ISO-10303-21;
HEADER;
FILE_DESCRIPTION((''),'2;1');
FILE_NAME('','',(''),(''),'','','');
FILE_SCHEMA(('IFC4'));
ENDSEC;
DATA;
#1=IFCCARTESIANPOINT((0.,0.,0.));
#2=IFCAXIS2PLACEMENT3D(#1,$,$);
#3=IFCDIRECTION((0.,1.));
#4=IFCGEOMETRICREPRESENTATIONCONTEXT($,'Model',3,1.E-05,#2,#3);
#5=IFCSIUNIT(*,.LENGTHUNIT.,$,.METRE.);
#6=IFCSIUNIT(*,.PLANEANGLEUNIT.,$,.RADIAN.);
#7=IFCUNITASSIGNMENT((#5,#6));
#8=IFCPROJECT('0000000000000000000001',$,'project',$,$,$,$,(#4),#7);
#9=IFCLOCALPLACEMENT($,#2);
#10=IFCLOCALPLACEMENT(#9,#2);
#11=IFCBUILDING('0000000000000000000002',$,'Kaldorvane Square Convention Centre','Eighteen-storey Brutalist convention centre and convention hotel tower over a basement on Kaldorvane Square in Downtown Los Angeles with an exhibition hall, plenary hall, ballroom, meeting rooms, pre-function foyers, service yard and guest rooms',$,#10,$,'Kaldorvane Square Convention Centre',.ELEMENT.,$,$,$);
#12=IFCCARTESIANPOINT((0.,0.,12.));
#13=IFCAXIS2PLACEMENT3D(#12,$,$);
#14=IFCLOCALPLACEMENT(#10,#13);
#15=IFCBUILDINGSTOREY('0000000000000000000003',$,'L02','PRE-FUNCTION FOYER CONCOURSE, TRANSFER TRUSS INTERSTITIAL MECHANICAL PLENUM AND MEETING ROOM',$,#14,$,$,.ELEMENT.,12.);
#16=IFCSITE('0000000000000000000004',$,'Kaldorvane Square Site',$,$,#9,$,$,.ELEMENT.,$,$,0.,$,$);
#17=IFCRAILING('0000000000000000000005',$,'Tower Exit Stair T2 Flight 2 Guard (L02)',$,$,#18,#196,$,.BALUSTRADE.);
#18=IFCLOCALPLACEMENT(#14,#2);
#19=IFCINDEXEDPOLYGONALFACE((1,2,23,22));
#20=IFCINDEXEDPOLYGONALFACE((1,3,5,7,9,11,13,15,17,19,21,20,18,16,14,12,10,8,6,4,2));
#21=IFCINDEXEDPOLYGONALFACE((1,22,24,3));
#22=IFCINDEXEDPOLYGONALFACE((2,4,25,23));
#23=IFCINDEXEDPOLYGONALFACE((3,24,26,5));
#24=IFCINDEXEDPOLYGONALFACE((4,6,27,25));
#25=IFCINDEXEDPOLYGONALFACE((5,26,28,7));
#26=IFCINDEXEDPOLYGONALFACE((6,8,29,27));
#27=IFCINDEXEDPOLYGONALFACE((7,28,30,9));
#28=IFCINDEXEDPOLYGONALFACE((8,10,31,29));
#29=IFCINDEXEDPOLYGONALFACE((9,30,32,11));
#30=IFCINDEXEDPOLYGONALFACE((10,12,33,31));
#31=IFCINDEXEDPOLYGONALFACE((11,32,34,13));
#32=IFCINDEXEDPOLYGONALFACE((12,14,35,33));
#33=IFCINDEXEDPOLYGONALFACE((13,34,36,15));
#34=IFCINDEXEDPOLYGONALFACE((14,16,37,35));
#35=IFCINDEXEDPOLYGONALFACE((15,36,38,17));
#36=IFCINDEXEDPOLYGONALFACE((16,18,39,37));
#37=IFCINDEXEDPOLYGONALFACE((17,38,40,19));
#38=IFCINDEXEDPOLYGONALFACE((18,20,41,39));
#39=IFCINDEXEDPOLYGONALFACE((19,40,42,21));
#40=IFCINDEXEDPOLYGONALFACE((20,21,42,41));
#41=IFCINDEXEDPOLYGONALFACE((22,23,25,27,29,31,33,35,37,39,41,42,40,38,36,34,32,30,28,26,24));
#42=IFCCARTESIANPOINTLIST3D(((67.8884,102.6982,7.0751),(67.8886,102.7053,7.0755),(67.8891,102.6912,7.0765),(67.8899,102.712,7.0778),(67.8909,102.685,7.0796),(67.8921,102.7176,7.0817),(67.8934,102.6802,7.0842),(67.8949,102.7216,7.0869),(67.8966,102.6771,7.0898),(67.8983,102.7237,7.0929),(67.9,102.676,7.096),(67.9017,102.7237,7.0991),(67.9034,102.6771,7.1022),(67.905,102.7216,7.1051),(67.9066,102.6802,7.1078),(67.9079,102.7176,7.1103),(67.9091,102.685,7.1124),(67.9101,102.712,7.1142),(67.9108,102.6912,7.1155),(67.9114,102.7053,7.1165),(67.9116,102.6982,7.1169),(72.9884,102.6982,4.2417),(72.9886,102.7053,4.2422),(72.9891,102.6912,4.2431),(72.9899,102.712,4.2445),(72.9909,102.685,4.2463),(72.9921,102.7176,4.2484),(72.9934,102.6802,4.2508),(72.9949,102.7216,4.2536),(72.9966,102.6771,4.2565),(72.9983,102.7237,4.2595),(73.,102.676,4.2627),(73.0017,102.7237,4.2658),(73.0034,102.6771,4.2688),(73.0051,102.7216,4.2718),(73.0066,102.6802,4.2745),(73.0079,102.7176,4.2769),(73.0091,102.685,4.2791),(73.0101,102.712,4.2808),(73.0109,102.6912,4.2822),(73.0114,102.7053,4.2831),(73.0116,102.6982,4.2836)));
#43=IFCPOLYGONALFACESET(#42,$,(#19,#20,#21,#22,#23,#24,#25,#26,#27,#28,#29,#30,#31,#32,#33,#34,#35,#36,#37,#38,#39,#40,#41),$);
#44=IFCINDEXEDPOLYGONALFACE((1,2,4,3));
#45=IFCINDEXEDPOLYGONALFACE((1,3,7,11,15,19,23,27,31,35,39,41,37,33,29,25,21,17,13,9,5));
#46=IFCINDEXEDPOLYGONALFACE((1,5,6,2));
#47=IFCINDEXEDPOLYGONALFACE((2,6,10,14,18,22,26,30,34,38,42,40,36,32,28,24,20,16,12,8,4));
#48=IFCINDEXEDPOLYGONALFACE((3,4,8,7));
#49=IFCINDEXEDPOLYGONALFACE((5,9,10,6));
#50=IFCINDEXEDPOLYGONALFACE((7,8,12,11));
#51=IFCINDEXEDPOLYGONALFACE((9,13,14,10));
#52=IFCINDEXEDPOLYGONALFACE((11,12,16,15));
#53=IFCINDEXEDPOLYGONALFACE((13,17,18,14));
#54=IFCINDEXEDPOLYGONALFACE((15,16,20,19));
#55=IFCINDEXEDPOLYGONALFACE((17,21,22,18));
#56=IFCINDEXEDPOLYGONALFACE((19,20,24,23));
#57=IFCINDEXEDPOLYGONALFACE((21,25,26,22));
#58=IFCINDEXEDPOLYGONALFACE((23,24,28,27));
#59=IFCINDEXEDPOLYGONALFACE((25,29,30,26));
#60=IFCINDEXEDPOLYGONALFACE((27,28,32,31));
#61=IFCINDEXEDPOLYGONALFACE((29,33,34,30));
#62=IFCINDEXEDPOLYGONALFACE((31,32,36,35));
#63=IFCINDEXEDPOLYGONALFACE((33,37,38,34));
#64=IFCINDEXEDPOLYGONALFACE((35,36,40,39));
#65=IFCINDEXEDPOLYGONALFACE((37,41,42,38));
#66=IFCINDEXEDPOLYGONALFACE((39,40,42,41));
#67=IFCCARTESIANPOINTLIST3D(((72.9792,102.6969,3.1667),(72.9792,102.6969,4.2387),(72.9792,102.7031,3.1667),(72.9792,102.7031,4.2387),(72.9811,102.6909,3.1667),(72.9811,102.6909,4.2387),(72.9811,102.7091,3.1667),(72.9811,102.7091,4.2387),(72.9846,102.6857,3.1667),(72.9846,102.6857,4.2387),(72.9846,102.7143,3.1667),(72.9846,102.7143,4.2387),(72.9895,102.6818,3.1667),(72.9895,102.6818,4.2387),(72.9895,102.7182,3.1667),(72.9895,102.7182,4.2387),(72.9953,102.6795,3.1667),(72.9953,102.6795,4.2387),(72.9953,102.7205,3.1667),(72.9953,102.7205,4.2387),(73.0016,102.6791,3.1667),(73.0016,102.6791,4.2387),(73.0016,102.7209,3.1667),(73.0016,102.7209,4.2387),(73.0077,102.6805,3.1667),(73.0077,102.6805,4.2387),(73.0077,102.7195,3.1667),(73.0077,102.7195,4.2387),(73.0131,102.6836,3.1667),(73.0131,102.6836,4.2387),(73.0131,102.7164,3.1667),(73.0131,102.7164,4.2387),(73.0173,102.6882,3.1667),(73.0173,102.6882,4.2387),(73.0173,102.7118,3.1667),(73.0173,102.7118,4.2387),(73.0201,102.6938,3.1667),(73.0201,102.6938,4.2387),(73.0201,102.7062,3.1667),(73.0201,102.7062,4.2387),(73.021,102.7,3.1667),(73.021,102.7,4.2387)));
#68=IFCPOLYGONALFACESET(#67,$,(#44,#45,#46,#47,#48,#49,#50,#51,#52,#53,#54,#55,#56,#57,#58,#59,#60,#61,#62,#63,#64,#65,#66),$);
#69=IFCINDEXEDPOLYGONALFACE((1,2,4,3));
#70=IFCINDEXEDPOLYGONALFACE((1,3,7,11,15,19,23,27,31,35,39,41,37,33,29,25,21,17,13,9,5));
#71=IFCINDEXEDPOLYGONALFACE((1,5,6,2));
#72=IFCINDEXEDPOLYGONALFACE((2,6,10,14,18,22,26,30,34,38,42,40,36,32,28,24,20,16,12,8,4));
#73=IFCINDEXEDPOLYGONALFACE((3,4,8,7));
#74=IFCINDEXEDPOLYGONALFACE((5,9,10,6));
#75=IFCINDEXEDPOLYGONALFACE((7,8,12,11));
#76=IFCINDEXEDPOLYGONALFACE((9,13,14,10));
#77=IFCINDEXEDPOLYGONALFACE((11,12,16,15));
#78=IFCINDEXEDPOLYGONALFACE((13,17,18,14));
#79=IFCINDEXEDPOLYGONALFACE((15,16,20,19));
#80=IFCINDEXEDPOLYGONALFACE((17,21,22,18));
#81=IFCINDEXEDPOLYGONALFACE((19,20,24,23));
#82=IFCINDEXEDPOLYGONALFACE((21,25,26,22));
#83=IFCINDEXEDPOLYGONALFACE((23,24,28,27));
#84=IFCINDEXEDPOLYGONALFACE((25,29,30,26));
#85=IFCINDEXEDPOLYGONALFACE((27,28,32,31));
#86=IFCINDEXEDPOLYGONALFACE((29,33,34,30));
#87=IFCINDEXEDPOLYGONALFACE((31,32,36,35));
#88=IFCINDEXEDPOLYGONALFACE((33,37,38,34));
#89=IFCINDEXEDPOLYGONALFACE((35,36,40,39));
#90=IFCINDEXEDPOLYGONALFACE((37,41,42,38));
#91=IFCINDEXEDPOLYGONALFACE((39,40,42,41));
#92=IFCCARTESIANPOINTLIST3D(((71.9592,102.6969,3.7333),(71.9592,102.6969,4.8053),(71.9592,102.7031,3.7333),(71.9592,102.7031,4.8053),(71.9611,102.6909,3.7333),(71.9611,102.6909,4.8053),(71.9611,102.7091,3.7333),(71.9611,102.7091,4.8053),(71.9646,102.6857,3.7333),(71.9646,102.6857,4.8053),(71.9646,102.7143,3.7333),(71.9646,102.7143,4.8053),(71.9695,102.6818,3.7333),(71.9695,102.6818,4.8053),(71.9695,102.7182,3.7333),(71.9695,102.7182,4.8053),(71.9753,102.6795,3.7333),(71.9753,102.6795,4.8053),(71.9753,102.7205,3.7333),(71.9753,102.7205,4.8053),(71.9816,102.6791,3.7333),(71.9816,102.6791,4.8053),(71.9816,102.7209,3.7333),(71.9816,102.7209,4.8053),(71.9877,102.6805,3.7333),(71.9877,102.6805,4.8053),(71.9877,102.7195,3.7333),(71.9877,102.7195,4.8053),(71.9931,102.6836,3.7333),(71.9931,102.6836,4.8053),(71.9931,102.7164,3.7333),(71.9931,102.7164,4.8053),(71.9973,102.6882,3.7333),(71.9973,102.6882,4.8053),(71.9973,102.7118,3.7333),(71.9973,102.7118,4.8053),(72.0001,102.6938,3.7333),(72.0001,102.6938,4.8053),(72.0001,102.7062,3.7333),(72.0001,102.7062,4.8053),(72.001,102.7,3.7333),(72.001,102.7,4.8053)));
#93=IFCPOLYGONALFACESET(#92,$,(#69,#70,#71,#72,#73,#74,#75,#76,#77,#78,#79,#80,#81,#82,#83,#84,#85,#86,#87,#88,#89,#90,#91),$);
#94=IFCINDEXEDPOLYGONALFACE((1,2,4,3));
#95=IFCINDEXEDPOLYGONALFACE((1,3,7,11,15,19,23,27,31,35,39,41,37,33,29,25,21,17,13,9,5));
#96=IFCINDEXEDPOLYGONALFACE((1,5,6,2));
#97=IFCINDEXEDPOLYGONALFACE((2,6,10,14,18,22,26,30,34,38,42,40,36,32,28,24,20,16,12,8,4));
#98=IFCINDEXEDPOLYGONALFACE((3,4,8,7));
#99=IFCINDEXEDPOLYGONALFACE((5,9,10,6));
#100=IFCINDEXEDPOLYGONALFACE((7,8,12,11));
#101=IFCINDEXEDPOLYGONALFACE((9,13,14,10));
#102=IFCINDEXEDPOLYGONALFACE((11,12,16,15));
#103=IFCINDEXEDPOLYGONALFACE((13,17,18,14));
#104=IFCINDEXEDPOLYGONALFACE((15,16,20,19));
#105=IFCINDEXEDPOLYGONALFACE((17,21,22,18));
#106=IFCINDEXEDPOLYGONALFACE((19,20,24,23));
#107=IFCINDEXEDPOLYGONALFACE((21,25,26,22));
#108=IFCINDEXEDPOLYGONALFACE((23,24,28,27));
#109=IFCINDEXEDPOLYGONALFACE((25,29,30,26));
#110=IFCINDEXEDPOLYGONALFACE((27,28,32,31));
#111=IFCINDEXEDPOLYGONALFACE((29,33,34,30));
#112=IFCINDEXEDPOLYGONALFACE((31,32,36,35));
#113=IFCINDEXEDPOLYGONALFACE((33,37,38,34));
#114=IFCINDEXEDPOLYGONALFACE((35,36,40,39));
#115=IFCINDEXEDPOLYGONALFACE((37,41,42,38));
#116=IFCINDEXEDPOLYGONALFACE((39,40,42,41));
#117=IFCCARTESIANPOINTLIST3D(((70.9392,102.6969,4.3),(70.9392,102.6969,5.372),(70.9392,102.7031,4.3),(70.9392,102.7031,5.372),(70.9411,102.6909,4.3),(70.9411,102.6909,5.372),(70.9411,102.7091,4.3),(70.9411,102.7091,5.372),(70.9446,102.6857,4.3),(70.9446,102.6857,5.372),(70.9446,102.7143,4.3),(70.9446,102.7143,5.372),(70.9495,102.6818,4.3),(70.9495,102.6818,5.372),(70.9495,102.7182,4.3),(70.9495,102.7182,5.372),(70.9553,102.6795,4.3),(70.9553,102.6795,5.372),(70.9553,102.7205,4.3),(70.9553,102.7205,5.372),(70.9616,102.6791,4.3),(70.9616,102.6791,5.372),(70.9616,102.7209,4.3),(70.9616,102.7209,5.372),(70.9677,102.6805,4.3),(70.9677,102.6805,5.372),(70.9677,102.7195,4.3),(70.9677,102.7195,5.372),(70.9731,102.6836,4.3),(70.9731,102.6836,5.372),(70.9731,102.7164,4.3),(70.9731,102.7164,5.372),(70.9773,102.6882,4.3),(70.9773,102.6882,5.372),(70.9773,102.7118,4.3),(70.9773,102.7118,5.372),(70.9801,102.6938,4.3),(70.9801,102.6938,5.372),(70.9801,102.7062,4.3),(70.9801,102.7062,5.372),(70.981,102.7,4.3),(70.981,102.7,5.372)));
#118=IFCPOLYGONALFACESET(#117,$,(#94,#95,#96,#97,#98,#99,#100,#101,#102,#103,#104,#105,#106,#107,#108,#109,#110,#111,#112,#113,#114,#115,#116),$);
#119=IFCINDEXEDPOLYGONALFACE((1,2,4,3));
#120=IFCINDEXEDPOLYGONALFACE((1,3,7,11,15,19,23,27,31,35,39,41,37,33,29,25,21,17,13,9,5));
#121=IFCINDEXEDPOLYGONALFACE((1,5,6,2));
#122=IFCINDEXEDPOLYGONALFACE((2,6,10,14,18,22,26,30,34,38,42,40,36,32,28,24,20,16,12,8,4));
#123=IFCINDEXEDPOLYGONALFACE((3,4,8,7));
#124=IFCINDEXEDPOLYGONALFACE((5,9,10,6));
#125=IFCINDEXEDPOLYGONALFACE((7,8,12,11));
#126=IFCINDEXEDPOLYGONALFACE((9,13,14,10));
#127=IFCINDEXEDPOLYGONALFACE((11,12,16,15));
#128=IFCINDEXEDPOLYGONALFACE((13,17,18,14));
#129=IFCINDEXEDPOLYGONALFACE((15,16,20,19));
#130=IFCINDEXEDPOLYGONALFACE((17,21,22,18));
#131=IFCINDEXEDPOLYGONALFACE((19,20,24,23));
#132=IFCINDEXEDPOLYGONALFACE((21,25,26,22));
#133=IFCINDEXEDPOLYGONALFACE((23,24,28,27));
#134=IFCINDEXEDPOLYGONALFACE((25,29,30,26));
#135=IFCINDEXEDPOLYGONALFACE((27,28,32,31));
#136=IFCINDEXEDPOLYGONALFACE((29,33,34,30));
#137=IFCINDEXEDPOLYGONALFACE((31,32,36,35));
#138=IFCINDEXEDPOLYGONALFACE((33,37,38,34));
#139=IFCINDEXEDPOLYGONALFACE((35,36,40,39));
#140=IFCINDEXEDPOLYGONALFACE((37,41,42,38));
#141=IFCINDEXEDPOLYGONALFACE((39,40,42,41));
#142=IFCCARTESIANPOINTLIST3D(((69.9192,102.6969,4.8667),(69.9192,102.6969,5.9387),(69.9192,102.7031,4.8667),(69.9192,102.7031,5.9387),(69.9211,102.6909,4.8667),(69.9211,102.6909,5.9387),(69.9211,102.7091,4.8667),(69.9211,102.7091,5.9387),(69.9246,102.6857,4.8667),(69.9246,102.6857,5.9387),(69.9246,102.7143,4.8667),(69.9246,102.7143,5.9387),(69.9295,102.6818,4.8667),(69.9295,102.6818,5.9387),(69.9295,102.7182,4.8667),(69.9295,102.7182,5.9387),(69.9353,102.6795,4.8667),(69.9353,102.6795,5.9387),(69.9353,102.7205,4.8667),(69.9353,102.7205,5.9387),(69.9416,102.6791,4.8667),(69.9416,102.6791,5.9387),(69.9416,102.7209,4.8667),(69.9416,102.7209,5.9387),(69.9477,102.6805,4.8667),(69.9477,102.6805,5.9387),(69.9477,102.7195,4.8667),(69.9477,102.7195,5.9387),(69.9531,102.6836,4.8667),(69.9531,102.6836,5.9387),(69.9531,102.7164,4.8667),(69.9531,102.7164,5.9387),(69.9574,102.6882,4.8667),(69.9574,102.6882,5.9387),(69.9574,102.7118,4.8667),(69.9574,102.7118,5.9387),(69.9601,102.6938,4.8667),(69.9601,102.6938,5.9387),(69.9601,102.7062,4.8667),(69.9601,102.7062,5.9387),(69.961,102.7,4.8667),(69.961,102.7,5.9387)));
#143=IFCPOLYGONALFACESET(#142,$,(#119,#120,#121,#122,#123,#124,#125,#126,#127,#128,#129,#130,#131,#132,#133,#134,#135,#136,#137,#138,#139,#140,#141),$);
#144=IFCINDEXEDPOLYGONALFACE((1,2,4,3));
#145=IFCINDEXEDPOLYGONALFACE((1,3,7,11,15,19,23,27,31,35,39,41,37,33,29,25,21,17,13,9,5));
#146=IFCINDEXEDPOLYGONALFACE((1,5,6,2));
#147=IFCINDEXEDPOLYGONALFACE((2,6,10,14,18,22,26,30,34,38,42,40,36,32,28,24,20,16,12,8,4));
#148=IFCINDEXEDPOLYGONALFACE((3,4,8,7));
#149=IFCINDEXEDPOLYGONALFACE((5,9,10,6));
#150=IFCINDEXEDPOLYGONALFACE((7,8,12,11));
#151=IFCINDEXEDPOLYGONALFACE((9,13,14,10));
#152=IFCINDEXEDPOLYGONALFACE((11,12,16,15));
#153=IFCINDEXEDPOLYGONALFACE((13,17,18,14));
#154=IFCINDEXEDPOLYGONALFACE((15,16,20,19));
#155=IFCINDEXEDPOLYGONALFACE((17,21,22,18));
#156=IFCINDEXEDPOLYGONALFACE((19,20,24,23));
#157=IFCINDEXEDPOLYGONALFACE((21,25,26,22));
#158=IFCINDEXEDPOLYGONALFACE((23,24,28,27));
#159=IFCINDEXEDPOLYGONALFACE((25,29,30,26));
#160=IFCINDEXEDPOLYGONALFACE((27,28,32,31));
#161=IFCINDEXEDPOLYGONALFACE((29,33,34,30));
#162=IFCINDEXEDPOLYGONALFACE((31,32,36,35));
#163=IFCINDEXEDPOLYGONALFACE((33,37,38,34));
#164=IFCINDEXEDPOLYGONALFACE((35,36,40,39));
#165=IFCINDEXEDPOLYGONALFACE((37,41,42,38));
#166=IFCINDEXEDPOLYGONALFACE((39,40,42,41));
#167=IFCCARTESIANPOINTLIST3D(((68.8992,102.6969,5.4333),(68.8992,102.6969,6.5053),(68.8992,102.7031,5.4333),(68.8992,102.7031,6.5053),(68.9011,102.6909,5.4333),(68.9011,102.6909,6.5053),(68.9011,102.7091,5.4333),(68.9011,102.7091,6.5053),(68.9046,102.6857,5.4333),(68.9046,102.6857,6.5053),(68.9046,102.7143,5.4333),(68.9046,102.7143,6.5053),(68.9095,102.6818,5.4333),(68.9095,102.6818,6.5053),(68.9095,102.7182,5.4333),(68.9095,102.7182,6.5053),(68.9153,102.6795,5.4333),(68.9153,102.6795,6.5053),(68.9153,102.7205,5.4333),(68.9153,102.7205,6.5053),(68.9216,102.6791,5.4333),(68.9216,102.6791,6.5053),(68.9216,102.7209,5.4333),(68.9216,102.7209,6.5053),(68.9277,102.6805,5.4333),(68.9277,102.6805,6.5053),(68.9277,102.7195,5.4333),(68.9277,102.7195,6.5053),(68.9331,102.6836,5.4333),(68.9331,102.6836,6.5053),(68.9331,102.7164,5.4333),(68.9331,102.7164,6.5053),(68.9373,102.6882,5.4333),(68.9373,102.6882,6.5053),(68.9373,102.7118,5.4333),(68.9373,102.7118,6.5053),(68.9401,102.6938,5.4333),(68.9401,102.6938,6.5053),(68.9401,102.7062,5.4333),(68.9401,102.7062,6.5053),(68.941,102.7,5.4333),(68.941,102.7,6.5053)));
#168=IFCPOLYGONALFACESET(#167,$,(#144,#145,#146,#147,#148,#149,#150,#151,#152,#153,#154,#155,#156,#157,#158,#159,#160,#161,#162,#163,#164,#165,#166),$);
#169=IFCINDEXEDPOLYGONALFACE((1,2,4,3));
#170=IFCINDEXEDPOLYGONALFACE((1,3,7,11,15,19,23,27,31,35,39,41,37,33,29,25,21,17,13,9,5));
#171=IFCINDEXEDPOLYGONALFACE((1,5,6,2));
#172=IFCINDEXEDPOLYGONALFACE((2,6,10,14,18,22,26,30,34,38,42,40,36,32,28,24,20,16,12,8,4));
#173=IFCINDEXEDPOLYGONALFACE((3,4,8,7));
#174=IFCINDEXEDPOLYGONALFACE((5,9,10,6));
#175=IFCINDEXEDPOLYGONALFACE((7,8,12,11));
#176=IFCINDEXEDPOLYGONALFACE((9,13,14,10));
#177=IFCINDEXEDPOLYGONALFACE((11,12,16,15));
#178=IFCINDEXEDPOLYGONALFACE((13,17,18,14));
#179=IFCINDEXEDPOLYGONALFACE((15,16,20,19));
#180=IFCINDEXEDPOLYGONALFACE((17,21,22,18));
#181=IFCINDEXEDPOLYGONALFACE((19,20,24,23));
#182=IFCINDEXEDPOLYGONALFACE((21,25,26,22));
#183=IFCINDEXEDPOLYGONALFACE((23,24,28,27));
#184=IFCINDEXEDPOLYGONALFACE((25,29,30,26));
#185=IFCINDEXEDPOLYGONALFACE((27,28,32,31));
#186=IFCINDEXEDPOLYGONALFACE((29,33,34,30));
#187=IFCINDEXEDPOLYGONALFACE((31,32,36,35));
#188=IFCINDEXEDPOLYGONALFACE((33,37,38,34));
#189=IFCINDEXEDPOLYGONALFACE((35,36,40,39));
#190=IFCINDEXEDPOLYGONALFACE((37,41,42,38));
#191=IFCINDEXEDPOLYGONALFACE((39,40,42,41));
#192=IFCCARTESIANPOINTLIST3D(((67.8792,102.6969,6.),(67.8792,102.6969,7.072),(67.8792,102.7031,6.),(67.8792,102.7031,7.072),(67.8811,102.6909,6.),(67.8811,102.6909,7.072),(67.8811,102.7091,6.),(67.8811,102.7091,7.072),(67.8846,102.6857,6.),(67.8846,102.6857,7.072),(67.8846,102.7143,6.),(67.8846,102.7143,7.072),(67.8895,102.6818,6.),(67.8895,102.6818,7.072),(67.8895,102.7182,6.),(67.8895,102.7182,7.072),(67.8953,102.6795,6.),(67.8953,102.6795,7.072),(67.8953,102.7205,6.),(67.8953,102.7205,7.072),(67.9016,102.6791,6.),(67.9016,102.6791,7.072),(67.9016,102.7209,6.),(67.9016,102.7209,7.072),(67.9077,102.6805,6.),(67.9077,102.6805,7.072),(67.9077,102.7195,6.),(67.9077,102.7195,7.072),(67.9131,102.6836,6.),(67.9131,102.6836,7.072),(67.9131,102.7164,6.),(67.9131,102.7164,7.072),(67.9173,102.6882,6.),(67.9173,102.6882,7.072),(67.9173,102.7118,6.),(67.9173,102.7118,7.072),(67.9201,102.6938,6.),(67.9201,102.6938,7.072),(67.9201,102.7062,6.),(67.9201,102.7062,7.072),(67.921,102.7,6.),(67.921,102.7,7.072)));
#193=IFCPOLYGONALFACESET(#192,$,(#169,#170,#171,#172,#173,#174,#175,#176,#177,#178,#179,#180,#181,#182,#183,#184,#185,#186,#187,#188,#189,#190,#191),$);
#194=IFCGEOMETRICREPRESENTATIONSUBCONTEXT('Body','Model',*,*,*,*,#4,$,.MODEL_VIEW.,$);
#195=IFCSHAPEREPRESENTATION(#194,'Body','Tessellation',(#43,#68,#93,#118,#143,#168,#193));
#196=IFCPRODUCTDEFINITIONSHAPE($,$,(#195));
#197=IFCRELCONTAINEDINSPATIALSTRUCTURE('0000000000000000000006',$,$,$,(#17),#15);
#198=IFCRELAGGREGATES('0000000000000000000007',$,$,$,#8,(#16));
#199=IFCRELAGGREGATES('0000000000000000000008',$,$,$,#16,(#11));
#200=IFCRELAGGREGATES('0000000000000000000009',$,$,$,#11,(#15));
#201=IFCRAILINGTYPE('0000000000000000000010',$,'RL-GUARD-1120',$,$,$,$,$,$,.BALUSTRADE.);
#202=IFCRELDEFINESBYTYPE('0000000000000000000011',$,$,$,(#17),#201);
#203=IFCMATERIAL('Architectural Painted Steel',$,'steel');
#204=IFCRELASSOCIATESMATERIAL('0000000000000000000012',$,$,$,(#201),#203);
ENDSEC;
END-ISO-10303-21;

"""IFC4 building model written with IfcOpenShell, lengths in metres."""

from ifc_helpers import new_model, si_unit, direction, frame, origin, origin_2d, place, context, subcontext, project, spatial, circle, extrude, material, type_object, element, save


model = new_model("IFC4")

# Units and contexts
model_context = context("Model", 3, precision=1e-05, world=origin(), true_north=direction((0.0, 1.0)))
body_context = subcontext(model_context, "Body", "Model", "MODEL_VIEW")
ifc_project = project(units=[si_unit("LENGTHUNIT", "METRE"), si_unit("PLANEANGLEUNIT", "RADIAN")], contexts=[model_context])

# Site, building, storey
site_placement = place(None, origin())
site = spatial("IfcSite", under=ifc_project, at=site_placement, Name="Kaldorvane Square Site", CompositionType="ELEMENT", RefElevation=0.0)
building_placement = place(site_placement, origin())
building = spatial("IfcBuilding", under=site, at=building_placement, Name="Kaldorvane Square Convention Centre", Description="Eighteen-storey Brutalist convention centre and convention hotel tower over a basement on Kaldorvane Square in Downtown Los Angeles with an exhibition hall, plenary hall, ballroom, meeting rooms, pre-function foyers, service yard and guest rooms", LongName="Kaldorvane Square Convention Centre", CompositionType="ELEMENT")
storey_placement = place(building_placement, frame((0.0, 0.0, 12.0)))
storey = spatial("IfcBuildingStorey", under=building, at=storey_placement, Name="L02", Description="PRE-FUNCTION FOYER CONCOURSE, TRANSFER TRUSS INTERSTITIAL MECHANICAL PLENUM AND MEETING ROOM", CompositionType="ELEMENT", Elevation=12.0)

# Railing
ifc_material_1 = material(Name="Architectural Painted Steel", Category="steel")
railing_type_1 = type_object("IfcRailingType", Name="RL-GUARD-1120", PredefinedType="BALUSTRADE", material=ifc_material_1)
railing_1_placement = place(storey_placement, frame((73.0, 102.7, 3.1667)))
element("IfcRailing", 1, at=railing_1_placement, inside=storey, type_object=railing_type_1, Name="Tower Exit Stair T2 Flight 2 Guard (L02)", PredefinedType="BALUSTRADE", context=body_context, shape_type="SweptSolid", body=[
    extrude(circle(Radius=0.024, at=origin_2d()), frame((0.0, 0.0, 1.096), z_axis=(-0.874158, 0.0, 0.485642), x_axis=(0.0, -1.0, 0.0)), (0.0, 0.0, 1.0), 5.8342),
    extrude(circle(Radius=0.021, at=origin_2d()), origin(), (0.0, 0.0, 1.0), 1.072),
    extrude(circle(Radius=0.021, at=origin_2d()), frame((-1.02, 0.0, 0.5667)), (0.0, 0.0, 1.0), 1.072),
    extrude(circle(Radius=0.021, at=origin_2d()), frame((-2.04, 0.0, 1.1333)), (0.0, 0.0, 1.0), 1.072),
    extrude(circle(Radius=0.021, at=origin_2d()), frame((-3.06, 0.0, 1.7)), (0.0, 0.0, 1.0), 1.072),
    extrude(circle(Radius=0.021, at=origin_2d()), frame((-4.08, 0.0, 2.2667)), (0.0, 0.0, 1.0), 1.072),
    extrude(circle(Radius=0.021, at=origin_2d()), frame((-5.1, 0.0, 2.8333)), (0.0, 0.0, 1.0), 1.072),
])

save(model, "model.ifc")
